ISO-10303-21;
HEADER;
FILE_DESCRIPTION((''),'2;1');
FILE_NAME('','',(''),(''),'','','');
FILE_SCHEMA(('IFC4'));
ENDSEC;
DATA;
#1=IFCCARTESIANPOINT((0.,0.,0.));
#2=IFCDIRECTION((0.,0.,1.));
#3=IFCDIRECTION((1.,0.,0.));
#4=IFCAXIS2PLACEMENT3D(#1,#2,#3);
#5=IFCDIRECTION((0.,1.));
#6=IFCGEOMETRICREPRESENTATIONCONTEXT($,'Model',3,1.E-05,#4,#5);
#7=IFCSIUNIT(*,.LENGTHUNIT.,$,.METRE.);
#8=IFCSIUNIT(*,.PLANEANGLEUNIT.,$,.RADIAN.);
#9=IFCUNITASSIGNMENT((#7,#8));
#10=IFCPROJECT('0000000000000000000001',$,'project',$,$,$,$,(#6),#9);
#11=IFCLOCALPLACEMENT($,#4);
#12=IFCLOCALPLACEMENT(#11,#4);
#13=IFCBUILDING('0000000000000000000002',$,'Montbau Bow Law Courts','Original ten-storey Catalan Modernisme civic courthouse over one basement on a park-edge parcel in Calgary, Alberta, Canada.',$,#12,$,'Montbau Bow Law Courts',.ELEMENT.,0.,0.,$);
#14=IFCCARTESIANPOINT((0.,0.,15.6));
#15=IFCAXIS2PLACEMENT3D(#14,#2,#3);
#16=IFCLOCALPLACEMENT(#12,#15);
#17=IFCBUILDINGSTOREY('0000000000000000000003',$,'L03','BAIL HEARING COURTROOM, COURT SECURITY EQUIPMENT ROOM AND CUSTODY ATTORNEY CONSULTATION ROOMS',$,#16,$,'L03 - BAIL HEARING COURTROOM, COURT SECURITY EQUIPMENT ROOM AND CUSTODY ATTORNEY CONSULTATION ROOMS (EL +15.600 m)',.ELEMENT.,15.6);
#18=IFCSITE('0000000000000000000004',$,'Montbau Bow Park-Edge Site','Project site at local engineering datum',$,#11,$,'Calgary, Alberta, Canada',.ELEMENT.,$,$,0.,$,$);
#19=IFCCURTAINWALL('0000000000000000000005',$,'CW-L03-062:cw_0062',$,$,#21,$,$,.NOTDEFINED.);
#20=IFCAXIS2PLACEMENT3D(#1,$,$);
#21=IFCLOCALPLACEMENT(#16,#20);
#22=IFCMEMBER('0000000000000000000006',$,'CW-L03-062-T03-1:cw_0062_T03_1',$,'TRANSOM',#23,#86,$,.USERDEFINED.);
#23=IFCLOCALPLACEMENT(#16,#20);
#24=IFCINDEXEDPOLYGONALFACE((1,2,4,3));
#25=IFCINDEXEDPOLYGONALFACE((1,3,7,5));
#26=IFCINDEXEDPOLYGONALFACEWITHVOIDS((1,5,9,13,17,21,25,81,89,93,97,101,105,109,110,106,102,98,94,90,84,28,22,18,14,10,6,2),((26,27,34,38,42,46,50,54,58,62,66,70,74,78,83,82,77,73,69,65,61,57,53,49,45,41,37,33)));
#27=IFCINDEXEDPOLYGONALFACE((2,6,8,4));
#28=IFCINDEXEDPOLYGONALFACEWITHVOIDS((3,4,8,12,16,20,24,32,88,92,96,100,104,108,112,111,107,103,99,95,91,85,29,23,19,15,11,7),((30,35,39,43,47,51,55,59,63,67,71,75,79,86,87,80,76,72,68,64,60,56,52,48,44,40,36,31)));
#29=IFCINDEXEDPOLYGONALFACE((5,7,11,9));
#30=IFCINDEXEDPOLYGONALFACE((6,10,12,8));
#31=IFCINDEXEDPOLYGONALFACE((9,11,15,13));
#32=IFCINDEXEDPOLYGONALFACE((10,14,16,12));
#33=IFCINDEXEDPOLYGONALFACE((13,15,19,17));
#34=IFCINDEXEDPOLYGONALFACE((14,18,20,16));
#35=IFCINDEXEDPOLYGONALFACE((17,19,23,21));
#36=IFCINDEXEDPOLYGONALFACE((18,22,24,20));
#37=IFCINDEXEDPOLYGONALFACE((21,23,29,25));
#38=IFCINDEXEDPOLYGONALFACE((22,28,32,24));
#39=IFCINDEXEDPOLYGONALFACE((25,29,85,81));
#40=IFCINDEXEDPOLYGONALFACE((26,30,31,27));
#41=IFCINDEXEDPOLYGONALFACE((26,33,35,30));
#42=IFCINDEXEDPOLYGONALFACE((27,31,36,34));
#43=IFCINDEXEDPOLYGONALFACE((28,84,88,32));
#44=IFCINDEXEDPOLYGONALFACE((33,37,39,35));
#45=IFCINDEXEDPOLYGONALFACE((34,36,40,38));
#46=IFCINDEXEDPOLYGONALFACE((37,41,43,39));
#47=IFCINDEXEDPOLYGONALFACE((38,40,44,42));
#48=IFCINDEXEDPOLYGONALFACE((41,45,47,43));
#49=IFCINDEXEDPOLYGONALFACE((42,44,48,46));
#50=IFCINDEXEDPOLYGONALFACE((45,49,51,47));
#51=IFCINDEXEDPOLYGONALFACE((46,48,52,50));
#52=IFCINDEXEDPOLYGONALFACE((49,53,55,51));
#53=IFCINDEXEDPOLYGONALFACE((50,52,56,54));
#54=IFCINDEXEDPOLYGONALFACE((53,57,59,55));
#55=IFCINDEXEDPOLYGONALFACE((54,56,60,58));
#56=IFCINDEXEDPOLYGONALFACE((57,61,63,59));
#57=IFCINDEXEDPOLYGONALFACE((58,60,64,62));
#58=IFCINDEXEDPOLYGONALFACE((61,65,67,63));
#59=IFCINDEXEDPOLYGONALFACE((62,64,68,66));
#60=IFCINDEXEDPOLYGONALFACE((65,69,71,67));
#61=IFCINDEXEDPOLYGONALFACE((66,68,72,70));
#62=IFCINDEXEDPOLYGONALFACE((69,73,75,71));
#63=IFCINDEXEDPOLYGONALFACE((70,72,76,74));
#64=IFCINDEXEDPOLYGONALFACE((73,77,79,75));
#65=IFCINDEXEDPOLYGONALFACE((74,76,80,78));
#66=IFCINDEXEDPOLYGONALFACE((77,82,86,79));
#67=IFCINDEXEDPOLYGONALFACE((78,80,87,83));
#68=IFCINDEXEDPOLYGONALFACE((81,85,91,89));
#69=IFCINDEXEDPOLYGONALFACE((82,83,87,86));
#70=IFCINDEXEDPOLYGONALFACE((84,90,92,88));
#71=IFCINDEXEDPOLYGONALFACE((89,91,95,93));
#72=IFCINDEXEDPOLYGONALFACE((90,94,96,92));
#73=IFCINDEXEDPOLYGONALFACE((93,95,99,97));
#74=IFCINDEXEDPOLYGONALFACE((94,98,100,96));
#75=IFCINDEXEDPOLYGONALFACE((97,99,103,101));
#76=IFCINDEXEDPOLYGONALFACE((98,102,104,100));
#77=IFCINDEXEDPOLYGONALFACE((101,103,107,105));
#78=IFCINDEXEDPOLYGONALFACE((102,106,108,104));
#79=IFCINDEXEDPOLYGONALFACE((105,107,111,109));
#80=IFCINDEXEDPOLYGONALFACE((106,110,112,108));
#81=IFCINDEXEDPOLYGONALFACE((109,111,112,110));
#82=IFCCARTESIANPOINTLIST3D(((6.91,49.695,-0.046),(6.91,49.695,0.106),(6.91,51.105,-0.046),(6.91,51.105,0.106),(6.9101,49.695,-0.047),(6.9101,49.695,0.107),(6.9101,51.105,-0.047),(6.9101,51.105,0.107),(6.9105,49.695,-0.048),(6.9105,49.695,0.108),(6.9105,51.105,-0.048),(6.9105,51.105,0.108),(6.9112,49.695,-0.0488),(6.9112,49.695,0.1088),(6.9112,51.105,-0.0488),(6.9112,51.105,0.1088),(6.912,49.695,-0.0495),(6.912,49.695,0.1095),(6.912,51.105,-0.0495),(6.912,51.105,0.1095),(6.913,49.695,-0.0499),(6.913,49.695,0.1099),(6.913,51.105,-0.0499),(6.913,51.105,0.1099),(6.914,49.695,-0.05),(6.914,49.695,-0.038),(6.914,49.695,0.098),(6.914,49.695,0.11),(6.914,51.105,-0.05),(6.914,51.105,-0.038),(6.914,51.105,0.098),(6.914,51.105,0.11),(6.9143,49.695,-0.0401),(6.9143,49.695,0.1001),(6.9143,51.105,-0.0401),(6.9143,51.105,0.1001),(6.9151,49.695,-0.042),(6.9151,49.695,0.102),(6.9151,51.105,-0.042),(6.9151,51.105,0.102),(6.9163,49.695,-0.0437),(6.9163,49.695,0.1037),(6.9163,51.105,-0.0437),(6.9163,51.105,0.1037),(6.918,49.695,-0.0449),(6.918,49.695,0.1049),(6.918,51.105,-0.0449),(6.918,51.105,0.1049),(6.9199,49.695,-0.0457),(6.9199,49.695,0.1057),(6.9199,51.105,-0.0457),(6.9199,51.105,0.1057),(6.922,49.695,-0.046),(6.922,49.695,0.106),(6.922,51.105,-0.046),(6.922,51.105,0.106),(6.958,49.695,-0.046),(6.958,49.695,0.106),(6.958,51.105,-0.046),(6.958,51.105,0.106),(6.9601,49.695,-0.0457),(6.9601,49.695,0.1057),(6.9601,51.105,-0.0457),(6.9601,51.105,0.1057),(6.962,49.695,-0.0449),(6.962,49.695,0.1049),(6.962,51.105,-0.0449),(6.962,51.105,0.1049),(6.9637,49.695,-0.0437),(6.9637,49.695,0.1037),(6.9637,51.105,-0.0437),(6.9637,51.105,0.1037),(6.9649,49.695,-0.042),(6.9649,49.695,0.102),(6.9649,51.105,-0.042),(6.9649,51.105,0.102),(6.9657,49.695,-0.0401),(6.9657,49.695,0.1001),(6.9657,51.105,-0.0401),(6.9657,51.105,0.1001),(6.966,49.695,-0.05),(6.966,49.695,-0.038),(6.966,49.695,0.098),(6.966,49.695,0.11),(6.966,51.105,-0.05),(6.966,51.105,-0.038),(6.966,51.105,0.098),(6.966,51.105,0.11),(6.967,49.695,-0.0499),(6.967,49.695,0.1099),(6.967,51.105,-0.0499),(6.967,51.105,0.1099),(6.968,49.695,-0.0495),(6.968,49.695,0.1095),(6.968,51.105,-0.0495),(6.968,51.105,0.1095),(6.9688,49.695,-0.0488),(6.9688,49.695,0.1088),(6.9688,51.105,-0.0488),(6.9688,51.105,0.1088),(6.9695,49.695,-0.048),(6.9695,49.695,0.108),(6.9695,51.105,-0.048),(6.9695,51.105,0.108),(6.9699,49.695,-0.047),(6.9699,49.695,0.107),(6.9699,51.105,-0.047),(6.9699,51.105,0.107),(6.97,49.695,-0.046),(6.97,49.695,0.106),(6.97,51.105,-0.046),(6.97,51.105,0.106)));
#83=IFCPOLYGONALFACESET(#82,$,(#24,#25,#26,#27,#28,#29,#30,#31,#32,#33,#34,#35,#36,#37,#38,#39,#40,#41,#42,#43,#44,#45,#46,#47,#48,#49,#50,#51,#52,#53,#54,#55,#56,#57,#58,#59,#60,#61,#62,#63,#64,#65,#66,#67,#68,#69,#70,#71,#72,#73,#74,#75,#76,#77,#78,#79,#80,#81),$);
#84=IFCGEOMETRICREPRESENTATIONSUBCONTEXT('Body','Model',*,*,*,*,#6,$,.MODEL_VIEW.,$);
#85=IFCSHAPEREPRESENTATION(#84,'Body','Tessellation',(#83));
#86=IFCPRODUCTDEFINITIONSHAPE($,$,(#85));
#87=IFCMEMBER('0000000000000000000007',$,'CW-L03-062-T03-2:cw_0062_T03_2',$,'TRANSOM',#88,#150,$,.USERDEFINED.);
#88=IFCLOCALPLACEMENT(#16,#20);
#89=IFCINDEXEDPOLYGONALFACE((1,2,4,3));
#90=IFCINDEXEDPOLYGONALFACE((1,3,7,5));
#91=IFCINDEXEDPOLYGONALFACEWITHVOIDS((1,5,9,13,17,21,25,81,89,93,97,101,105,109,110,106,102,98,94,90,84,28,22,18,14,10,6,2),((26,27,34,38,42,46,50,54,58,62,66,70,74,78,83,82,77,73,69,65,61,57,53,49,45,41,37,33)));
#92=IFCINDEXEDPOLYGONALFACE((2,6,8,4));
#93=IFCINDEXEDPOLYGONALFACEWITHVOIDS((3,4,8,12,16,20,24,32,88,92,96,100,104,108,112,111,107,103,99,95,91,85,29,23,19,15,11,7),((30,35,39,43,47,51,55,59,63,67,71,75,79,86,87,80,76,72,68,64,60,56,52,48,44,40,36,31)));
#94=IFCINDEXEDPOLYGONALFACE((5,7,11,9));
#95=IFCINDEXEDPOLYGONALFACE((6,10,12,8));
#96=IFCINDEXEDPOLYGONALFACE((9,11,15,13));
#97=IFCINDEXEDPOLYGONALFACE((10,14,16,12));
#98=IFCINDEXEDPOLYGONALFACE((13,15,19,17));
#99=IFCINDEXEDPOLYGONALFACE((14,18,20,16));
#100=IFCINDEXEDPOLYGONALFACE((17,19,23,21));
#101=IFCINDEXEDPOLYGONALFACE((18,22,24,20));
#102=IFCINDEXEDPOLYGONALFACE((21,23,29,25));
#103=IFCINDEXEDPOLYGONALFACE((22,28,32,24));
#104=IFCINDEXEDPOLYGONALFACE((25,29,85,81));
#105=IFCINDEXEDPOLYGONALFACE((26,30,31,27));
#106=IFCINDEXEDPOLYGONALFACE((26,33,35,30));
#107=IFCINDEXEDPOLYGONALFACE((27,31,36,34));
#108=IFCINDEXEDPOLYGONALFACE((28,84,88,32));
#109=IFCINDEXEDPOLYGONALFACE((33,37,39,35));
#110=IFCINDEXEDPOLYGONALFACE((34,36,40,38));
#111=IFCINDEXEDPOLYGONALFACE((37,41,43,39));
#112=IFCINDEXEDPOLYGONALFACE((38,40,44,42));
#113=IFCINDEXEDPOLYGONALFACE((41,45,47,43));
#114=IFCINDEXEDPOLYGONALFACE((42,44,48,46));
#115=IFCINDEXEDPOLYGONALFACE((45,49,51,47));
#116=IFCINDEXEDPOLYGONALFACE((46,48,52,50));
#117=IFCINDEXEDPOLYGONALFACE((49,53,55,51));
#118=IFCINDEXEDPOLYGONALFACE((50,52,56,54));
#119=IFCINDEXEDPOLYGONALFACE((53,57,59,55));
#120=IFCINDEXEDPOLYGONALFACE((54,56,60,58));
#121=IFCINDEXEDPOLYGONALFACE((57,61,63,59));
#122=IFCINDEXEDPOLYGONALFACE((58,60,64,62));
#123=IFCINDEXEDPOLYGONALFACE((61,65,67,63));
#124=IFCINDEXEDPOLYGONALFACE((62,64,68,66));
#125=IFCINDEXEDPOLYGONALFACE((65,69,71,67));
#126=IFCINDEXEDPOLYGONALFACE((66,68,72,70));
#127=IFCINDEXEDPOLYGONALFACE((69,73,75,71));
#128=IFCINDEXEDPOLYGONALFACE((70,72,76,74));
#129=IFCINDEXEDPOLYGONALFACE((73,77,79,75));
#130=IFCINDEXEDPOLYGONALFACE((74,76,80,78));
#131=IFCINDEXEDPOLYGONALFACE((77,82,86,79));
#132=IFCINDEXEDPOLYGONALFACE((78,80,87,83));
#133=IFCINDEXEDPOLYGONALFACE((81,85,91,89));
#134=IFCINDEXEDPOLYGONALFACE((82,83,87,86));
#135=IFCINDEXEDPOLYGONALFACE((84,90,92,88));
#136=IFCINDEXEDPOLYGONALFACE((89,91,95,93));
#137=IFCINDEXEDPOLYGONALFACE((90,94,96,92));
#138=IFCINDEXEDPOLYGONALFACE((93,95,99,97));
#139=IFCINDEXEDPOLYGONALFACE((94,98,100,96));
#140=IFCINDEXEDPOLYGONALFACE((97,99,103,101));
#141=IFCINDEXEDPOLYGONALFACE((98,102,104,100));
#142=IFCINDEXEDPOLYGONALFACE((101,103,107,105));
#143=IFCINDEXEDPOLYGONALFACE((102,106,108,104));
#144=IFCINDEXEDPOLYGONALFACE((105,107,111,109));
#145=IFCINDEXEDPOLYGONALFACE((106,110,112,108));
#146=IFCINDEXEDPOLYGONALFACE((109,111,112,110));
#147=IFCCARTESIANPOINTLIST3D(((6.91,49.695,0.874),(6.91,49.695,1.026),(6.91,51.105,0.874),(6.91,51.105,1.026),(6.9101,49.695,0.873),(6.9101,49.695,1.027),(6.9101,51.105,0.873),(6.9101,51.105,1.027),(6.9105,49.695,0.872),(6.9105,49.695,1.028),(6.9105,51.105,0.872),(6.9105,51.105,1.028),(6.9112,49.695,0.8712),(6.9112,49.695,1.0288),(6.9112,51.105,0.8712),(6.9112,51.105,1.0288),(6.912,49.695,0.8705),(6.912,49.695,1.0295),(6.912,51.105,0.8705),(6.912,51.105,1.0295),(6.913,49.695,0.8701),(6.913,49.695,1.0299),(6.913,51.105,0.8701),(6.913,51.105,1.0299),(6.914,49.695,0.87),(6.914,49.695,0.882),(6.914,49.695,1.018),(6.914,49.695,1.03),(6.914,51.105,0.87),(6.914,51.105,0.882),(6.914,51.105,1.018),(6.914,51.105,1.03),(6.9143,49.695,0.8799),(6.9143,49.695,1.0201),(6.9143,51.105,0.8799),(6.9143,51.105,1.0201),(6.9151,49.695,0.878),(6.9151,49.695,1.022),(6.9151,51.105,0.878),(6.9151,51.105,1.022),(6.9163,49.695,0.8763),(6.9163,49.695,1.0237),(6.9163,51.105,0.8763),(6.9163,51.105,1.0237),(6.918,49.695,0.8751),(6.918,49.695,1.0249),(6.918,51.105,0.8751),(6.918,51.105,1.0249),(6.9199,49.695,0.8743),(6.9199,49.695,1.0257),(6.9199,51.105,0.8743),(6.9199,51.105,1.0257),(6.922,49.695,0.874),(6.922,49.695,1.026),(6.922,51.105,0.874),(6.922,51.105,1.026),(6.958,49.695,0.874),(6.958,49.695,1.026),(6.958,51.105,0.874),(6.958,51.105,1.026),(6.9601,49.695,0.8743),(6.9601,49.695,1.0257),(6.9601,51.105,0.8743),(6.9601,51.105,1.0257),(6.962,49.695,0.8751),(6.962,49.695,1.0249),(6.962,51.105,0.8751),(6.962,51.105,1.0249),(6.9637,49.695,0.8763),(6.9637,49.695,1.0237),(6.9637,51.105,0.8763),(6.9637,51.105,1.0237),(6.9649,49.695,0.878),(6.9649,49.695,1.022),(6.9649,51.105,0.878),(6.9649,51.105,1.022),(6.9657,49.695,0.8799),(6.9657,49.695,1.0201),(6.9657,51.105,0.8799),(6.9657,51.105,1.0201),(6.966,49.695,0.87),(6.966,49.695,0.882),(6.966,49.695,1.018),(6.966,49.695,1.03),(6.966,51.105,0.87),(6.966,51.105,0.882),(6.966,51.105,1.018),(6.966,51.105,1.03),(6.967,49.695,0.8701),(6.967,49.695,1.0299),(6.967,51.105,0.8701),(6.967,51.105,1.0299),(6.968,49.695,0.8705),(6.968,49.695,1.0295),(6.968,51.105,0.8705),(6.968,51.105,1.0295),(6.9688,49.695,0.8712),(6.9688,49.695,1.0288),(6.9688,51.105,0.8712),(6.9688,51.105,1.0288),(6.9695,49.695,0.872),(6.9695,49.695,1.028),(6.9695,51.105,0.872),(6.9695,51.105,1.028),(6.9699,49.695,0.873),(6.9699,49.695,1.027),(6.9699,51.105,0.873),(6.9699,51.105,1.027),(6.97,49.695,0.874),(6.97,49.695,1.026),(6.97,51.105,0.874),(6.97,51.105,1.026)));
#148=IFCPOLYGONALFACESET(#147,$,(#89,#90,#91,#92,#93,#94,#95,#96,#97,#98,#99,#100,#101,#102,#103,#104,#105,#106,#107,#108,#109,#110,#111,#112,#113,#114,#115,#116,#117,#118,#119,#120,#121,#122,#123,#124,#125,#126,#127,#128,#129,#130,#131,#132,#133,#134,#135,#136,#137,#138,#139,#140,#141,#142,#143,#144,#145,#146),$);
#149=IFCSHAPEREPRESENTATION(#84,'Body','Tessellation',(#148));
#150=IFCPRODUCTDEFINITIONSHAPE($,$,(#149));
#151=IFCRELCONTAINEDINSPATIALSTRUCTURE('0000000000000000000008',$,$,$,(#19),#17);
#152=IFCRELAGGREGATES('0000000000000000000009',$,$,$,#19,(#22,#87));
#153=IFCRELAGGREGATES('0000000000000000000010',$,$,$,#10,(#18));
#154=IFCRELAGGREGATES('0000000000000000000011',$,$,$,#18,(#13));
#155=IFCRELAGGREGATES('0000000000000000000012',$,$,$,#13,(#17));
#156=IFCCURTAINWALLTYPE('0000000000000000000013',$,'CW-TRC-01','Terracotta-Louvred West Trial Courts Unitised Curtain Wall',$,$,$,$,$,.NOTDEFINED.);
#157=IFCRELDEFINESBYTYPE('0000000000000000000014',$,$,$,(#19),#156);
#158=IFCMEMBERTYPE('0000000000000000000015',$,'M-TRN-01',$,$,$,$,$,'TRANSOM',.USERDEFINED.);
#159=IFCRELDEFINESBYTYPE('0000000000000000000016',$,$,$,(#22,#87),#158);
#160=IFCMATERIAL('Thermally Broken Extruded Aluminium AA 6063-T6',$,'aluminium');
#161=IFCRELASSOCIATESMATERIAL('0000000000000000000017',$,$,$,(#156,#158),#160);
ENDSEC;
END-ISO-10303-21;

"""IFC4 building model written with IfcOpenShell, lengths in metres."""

from ifc_helpers import new_model, si_unit, direction, frame, origin_with_axes, origin_2d_with_axis, place, context, subcontext, project, spatial, hollow_rectangle, extrude, material, material_profile, profile_set, type_object, element, aggregate, save


model = new_model("IFC4")

# Units and contexts
model_context = context("Model", 3, precision=1e-05, world=origin_with_axes(), true_north=direction((0.0, 1.0)))
body_context = subcontext(model_context, "Body", "Model", "MODEL_VIEW")
ifc_project = project(units=[si_unit("LENGTHUNIT", "METRE"), si_unit("PLANEANGLEUNIT", "RADIAN")], contexts=[model_context])

# Site, building, storey
site_placement = place(None, origin_with_axes())
site = spatial("IfcSite", under=ifc_project, at=site_placement, Name="Montbau Bow Park-Edge Site", Description="Project site at local engineering datum", LongName="Calgary, Alberta, Canada", CompositionType="ELEMENT", RefElevation=0.0)
building_placement = place(site_placement, origin_with_axes())
building = spatial("IfcBuilding", under=site, at=building_placement, Name="Montbau Bow Law Courts", Description="Original ten-storey Catalan Modernisme civic courthouse over one basement on a park-edge parcel in Calgary, Alberta, Canada.", LongName="Montbau Bow Law Courts", CompositionType="ELEMENT", ElevationOfRefHeight=0.0, ElevationOfTerrain=0.0)
storey_placement = place(building_placement, frame((0.0, 0.0, 15.6), z_axis=(0.0, 0.0, 1.0), x_axis=(1.0, 0.0, 0.0)))
storey = spatial("IfcBuildingStorey", under=building, at=storey_placement, Name="L03", Description="BAIL HEARING COURTROOM, COURT SECURITY EQUIPMENT ROOM AND CUSTODY ATTORNEY CONSULTATION ROOMS", LongName="L03 - BAIL HEARING COURTROOM, COURT SECURITY EQUIPMENT ROOM AND CUSTODY ATTORNEY CONSULTATION ROOMS (EL +15.600 m)", CompositionType="ELEMENT", Elevation=15.6)

# Shared definitions
ifc_material_1 = material(Name="Thermally Broken Extruded Aluminium AA 6063-T6", Category="aluminium")
curtain_wall_type = type_object("IfcCurtainWallType", Name="CW-TRC-01", Description="Terracotta-Louvred West Trial Courts Unitised Curtain Wall", PredefinedType="NOTDEFINED", material=ifc_material_1)

# Curtain wall, members
curtain_wall_1_placement = place(None, frame((6.94, 46.715, 15.6), z_axis=(0.0, 0.0, 1.0), x_axis=(1.0, 0.0, 0.0)))
curtain_wall_1 = element("IfcCurtainWall", 1, at=curtain_wall_1_placement, inside=storey, type_object=curtain_wall_type, Name="CW-L03-062:cw_0062", PredefinedType="NOTDEFINED")
ifc_material_profile_1 = material_profile(ifc_material_1, hollow_rectangle(XDim=0.06, YDim=0.16, WallThickness=0.004, InnerFilletRadius=0.008, OuterFilletRadius=0.004, at=origin_2d_with_axis()), Name="CWT-160X60", Category="Main", Priority=0)
ifc_profile_set_1 = profile_set([ifc_material_profile_1], Name="Thermally Broken Extruded Aluminium AA 6063-T6")
member_type_1 = type_object("IfcMemberType", Name="M-TRN-01", ElementType="TRANSOM", PredefinedType="USERDEFINED", material=ifc_profile_set_1)
member_1_placement = place(None, frame((6.94, 49.695, 15.63), z_axis=(0.0, 1.0, 0.0), x_axis=(-1.0, 0.0, 0.0)))
member_1 = element("IfcMember", 2, at=member_1_placement, type_object=member_type_1, Name="CW-L03-062-T03-1:cw_0062_T03_1", ObjectType="TRANSOM", PredefinedType="USERDEFINED", context=body_context, shape_type="SweptSolid", body=[
    extrude(hollow_rectangle(XDim=0.06, YDim=0.16, WallThickness=0.004, InnerFilletRadius=0.008, OuterFilletRadius=0.004, at=origin_2d_with_axis()), origin_with_axes(), (0.0, 0.0, 1.0), 1.41),
])
member_2_placement = place(None, frame((6.94, 49.695, 16.55), z_axis=(0.0, 1.0, 0.0), x_axis=(-1.0, 0.0, 0.0)))
member_2 = element("IfcMember", 3, at=member_2_placement, type_object=member_type_1, Name="CW-L03-062-T03-2:cw_0062_T03_2", ObjectType="TRANSOM", PredefinedType="USERDEFINED", context=body_context, shape_type="SweptSolid", body=[
    extrude(hollow_rectangle(XDim=0.06, YDim=0.16, WallThickness=0.004, InnerFilletRadius=0.008, OuterFilletRadius=0.004, at=origin_2d_with_axis()), origin_with_axes(), (0.0, 0.0, 1.0), 1.41),
])
aggregate(curtain_wall_1, [member_1, member_2])

save(model, "model.ifc")
